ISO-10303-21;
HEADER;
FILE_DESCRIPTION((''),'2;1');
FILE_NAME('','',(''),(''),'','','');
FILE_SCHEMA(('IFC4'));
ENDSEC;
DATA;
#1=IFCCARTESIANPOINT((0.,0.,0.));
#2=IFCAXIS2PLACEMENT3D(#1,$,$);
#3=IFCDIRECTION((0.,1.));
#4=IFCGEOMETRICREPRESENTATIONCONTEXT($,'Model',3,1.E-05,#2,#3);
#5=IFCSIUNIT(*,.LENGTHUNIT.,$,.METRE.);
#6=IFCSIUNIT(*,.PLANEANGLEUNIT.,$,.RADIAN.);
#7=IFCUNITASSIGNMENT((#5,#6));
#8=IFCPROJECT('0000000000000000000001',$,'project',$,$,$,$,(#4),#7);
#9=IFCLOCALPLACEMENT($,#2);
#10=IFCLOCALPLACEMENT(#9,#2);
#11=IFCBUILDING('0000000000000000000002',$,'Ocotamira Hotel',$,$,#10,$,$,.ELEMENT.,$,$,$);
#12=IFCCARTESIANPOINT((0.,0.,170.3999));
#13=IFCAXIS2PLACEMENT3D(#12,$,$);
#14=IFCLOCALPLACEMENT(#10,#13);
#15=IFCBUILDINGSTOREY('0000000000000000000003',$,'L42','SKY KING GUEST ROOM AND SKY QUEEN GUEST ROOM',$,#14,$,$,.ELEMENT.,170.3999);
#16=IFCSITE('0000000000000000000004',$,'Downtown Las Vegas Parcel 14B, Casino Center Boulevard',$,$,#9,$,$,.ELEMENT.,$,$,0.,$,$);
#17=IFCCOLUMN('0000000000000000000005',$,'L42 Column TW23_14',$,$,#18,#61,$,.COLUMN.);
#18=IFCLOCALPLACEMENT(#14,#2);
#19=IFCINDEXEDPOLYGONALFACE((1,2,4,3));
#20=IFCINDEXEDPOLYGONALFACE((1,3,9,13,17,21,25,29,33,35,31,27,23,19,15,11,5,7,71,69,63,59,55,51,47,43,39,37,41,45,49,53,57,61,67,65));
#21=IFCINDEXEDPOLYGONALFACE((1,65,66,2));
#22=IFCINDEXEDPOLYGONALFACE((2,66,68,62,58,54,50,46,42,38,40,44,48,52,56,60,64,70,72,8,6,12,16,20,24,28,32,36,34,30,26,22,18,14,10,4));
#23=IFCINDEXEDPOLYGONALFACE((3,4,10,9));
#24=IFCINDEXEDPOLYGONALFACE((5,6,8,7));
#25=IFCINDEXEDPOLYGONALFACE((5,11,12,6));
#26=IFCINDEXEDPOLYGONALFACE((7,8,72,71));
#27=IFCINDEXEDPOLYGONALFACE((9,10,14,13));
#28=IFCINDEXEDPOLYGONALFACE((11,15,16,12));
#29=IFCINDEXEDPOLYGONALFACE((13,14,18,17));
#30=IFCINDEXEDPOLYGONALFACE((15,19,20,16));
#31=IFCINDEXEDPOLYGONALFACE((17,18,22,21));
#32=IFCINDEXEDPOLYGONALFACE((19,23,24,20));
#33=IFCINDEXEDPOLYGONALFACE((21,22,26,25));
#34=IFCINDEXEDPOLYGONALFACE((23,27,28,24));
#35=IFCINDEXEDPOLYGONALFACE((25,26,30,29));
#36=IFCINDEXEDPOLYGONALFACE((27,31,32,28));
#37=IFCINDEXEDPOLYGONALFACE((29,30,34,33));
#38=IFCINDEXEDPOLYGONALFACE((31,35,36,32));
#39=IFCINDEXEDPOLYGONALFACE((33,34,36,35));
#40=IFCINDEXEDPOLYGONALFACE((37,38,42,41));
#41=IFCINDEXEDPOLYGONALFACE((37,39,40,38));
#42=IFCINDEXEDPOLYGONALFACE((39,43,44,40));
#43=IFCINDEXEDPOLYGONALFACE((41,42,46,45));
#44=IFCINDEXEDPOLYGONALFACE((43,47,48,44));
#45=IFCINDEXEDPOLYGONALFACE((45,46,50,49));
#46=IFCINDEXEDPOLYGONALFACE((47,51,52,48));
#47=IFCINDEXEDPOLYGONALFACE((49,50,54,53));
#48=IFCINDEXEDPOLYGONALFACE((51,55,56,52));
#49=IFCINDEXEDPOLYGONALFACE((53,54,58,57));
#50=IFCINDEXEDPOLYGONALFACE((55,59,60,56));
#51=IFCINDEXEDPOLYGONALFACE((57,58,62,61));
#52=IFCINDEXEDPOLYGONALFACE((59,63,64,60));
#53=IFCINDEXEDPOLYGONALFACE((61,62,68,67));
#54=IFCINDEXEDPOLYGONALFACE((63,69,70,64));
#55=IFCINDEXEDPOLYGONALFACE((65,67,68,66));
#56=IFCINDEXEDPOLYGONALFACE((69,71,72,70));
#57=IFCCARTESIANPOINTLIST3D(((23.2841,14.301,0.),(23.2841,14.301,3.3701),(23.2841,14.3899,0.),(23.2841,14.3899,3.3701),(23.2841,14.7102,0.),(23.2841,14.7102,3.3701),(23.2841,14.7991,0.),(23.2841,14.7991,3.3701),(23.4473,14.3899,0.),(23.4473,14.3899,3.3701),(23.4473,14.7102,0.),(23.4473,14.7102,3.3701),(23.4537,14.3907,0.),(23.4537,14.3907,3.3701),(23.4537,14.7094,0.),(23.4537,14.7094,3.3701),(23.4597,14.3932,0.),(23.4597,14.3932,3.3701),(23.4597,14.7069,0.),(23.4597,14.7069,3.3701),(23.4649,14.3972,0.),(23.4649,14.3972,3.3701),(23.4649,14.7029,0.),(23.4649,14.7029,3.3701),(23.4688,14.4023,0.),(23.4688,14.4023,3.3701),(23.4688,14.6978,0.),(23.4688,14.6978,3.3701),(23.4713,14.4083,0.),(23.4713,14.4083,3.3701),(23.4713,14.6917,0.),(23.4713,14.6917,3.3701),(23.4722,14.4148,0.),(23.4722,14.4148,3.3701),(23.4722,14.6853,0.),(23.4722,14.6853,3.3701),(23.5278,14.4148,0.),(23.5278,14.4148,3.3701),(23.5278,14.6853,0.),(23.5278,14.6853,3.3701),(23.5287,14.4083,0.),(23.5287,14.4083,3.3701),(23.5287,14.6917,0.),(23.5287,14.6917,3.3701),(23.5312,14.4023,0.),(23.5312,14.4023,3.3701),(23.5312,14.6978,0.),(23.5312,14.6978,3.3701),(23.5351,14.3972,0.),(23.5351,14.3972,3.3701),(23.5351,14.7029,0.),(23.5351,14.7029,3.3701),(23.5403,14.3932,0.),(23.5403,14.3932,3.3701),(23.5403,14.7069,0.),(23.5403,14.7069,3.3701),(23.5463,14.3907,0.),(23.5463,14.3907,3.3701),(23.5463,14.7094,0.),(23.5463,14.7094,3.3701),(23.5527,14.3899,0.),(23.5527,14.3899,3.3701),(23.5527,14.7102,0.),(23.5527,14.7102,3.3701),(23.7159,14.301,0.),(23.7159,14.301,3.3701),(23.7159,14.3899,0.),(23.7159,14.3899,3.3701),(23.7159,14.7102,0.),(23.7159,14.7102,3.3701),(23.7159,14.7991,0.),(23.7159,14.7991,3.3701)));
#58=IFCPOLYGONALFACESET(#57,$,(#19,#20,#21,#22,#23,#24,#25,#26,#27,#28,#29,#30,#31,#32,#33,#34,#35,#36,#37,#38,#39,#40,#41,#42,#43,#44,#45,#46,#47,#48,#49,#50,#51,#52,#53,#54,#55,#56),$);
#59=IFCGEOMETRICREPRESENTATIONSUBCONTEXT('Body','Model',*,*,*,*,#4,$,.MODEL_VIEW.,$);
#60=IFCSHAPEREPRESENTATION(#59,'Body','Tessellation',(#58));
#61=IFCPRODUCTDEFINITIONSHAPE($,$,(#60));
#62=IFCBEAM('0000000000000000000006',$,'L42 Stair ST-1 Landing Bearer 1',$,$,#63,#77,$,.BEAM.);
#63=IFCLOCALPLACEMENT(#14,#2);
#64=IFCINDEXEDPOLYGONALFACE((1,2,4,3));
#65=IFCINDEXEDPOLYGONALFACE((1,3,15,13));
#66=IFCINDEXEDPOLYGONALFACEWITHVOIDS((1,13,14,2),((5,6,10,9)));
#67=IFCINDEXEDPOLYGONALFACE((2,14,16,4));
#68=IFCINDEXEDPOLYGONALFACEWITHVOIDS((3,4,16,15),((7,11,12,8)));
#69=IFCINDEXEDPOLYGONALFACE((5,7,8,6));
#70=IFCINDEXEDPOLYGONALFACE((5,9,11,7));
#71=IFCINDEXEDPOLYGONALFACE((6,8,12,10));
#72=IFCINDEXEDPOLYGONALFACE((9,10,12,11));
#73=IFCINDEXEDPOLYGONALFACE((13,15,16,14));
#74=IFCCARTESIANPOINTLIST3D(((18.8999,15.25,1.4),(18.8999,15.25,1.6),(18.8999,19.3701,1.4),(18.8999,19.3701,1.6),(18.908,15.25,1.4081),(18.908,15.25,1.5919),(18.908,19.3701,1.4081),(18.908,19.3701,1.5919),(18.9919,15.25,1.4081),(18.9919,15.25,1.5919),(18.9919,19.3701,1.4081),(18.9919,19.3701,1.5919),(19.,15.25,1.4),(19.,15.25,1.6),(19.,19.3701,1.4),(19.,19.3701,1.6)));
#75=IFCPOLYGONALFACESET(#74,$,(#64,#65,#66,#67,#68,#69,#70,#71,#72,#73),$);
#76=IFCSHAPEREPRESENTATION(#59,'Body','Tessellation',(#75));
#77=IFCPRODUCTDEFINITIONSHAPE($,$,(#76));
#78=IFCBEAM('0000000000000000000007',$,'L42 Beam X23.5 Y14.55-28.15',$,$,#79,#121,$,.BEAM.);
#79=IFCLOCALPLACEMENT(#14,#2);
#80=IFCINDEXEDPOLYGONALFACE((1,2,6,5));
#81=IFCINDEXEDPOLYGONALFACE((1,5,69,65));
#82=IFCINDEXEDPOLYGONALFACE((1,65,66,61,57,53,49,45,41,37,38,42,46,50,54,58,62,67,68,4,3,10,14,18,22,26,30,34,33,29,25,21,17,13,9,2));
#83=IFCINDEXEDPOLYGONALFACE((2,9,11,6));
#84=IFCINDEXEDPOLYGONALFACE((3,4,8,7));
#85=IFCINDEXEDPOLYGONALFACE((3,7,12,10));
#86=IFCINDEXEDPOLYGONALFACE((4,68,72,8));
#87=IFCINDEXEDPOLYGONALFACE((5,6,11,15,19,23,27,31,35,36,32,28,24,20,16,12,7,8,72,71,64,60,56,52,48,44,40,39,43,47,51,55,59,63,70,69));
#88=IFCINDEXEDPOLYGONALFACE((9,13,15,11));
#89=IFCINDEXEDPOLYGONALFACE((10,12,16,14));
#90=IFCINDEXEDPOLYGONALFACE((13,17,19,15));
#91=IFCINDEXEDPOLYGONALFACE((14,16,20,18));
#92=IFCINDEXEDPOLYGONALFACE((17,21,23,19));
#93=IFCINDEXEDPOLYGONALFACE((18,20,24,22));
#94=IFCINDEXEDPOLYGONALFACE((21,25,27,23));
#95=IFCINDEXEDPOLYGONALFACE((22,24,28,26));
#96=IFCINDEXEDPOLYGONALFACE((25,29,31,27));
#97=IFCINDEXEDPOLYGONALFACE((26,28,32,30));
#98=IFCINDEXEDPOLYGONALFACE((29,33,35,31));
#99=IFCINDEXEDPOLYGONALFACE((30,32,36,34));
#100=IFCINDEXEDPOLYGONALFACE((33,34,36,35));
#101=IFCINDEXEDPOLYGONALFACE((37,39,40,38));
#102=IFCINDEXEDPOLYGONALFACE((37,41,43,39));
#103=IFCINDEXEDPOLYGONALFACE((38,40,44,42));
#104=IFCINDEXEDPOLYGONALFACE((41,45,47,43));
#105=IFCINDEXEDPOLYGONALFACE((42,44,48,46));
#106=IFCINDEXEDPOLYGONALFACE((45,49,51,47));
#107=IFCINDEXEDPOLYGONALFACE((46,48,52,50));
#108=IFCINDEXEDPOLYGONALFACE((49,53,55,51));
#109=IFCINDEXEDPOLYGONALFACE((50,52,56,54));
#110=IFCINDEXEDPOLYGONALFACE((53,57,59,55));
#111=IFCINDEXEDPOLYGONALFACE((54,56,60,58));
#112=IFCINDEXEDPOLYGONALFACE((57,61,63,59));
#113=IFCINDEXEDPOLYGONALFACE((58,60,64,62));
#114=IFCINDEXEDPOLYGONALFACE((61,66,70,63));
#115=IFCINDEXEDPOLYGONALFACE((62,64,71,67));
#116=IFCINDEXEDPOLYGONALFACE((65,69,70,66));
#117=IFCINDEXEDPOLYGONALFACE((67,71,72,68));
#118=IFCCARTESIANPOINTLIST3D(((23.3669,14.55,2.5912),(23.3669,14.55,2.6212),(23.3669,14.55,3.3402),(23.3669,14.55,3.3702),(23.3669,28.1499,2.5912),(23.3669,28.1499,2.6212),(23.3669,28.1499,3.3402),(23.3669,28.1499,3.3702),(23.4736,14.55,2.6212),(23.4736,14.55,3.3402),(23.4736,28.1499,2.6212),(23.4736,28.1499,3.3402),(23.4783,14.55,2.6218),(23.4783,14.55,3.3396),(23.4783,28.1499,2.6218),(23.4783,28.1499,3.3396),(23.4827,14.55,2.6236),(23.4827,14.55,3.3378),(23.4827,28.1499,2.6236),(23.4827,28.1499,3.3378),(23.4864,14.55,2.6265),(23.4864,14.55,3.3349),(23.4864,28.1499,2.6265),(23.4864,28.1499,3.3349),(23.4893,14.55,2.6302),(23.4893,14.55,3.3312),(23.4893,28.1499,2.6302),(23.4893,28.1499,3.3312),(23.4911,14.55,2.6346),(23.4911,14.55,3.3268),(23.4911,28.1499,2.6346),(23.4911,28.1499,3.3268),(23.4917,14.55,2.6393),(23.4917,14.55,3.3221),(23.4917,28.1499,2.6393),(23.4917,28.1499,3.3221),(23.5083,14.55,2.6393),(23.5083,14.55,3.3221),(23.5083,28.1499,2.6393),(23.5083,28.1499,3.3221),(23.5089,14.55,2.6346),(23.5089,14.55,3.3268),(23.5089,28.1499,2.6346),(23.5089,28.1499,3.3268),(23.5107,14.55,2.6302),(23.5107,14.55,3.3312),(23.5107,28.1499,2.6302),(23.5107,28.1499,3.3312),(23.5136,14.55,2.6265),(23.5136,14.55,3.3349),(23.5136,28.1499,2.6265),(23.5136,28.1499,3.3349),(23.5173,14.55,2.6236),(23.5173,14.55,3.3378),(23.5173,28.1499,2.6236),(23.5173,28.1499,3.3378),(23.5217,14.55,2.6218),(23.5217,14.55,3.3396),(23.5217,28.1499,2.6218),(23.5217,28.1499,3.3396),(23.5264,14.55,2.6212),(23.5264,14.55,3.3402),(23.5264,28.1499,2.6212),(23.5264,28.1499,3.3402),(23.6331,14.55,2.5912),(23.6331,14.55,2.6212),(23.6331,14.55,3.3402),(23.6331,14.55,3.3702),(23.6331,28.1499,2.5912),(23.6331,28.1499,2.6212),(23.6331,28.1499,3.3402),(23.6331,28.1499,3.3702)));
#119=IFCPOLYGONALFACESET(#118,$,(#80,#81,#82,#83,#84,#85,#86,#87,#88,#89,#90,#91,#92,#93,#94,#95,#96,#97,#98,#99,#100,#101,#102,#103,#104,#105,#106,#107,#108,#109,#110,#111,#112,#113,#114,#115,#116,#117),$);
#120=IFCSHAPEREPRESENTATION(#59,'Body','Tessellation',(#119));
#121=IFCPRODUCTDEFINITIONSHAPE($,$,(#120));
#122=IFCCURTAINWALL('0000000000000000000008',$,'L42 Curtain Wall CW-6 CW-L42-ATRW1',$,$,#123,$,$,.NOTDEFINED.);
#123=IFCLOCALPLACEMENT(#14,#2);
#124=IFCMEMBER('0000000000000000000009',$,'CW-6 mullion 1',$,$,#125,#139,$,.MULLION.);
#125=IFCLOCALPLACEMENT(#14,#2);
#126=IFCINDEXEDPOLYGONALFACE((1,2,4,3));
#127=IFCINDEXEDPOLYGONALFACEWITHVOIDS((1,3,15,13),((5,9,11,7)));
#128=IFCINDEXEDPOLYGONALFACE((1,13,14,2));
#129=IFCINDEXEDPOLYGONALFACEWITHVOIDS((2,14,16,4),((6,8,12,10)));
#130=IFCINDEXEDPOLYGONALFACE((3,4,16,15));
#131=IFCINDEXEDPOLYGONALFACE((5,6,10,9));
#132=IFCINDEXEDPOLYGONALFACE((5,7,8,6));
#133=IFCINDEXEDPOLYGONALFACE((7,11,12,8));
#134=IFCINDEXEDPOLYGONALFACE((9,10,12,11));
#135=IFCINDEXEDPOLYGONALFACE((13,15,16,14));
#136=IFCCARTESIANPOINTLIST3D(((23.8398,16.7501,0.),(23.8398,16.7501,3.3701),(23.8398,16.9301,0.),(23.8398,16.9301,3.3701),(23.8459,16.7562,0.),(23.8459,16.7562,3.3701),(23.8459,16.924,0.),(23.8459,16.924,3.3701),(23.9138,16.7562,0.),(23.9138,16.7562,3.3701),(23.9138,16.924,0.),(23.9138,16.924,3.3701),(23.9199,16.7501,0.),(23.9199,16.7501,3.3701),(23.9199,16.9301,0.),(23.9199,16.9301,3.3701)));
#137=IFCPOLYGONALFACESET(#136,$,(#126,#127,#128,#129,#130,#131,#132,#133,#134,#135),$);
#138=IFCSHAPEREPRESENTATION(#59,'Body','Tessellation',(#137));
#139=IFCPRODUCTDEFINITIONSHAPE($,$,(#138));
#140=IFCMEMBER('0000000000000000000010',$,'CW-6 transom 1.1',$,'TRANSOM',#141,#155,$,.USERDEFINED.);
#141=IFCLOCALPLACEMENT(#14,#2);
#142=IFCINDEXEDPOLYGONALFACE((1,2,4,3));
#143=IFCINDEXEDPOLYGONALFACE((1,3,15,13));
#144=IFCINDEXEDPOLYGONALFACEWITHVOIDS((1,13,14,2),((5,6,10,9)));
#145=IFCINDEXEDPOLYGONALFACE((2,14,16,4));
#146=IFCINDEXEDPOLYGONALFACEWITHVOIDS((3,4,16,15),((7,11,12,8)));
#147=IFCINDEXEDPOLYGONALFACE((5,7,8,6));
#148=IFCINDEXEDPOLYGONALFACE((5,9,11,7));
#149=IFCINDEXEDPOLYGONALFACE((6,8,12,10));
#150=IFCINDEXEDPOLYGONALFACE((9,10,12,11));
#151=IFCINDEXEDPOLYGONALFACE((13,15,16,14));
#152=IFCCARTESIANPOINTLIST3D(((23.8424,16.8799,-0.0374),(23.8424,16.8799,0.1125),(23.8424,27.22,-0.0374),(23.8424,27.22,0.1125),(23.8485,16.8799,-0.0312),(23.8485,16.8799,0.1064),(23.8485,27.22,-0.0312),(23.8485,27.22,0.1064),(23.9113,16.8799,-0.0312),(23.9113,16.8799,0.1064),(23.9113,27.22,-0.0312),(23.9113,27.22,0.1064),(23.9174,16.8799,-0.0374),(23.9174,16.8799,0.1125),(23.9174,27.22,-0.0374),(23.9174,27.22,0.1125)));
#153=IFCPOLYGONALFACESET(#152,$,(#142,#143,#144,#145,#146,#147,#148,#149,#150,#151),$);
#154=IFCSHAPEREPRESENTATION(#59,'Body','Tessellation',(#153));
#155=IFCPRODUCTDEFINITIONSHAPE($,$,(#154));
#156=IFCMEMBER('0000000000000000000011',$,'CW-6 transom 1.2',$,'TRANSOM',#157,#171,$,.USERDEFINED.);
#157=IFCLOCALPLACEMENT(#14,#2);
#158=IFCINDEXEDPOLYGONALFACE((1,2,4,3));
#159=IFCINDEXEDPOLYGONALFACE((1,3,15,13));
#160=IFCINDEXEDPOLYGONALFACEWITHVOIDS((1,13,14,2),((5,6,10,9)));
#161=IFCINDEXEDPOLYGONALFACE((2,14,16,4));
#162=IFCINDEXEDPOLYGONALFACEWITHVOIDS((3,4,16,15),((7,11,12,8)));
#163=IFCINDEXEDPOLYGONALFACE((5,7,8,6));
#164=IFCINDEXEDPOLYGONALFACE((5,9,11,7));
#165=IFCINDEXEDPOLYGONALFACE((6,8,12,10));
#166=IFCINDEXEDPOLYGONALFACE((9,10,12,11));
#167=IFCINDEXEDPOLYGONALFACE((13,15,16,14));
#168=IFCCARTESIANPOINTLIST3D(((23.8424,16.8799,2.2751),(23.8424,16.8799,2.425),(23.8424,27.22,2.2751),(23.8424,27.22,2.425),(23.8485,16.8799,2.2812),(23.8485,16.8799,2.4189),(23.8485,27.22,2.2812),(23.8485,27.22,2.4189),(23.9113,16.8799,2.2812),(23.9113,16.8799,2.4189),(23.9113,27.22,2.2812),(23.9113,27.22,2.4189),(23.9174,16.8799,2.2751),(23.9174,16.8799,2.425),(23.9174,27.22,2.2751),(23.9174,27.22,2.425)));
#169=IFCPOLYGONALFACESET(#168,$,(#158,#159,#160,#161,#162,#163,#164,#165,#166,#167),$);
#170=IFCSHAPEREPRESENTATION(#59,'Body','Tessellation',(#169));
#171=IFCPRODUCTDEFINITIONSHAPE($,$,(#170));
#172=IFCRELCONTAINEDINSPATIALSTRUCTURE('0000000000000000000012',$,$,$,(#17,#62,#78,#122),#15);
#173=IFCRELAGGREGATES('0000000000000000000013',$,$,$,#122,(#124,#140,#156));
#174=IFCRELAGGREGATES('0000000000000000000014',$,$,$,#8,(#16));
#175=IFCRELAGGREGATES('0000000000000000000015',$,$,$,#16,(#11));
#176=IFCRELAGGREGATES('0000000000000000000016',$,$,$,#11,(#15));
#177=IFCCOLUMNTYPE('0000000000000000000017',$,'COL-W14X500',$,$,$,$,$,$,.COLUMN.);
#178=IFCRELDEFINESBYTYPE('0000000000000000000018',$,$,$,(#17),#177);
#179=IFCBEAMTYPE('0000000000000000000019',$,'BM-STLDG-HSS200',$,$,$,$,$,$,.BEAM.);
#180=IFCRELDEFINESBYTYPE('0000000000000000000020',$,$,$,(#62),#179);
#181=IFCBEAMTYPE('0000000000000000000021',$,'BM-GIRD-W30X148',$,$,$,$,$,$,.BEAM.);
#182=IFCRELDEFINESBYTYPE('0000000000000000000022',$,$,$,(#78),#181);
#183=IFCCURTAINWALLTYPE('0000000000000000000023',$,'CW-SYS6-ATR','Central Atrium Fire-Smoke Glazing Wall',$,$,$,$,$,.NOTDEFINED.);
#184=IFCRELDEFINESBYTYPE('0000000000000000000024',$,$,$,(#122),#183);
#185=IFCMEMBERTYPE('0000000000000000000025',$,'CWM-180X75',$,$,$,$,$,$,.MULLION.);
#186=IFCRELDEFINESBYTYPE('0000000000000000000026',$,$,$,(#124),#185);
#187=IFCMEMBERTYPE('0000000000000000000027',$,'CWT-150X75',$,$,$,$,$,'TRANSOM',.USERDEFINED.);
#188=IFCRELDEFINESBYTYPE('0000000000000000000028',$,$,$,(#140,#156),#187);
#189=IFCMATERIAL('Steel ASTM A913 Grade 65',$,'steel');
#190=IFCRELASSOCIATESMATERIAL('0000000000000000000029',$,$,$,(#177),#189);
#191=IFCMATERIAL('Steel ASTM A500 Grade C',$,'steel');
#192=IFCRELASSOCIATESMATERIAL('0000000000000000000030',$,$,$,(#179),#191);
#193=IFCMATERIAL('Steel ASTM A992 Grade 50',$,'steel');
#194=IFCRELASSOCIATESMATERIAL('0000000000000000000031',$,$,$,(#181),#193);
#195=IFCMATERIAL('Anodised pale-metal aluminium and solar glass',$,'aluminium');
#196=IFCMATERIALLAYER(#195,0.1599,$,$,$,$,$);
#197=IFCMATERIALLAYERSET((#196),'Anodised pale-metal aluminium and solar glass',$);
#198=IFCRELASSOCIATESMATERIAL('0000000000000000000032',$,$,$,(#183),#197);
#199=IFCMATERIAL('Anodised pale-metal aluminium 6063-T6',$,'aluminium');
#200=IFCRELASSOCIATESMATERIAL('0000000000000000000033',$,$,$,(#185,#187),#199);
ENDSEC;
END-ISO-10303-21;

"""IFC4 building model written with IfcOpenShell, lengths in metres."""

from ifc_helpers import new_model, si_unit, direction, frame, origin, origin_2d, place, context, subcontext, project, spatial, hollow_rectangle, i_section, extrude, source, transform, mapped, material, layer, layer_set, material_profile, profile_set, type_object, element, aggregate, save


model = new_model("IFC4")

# Units and contexts
model_context = context("Model", 3, precision=1e-05, world=origin(), true_north=direction((0.0, 1.0)))
body_context = subcontext(model_context, "Body", "Model", "MODEL_VIEW")
ifc_project = project(units=[si_unit("LENGTHUNIT", "METRE"), si_unit("PLANEANGLEUNIT", "RADIAN")], contexts=[model_context])

# Site, building, storey
site_placement = place(None, origin())
site = spatial("IfcSite", under=ifc_project, at=site_placement, Name="Downtown Las Vegas Parcel 14B, Casino Center Boulevard", CompositionType="ELEMENT", RefElevation=0.0)
building_placement = place(site_placement, origin())
building = spatial("IfcBuilding", under=site, at=building_placement, Name="Ocotamira Hotel", CompositionType="ELEMENT")
storey_placement = place(building_placement, frame((0.0, 0.0, 170.3999)))
storey = spatial("IfcBuildingStorey", under=building, at=storey_placement, Name="L42", Description="SKY KING GUEST ROOM AND SKY QUEEN GUEST ROOM", CompositionType="ELEMENT", Elevation=170.3999)

# Column
ifc_material_1 = material(Name="Steel ASTM A913 Grade 65", Category="steel")
ifc_material_profile_1 = material_profile(ifc_material_1, i_section(OverallWidth=0.4319, OverallDepth=0.498, WebThickness=0.0557, FlangeThickness=0.0889, FilletRadius=0.0249, at=origin_2d()), Name="W14X500")
ifc_profile_set_1 = profile_set([ifc_material_profile_1], Name="Steel ASTM A913 Grade 65")
column_type = type_object("IfcColumnType", Name="COL-W14X500", PredefinedType="COLUMN", material=ifc_profile_set_1)
shared_shape_1 = source(origin(), body_context, "Body", "SweptSolid", [
    extrude(i_section(OverallWidth=0.4319, OverallDepth=0.498, WebThickness=0.0557, FlangeThickness=0.0889, FilletRadius=0.0249, at=origin_2d()), origin(), (0.0, 0.0, 1.0), 3.3701),
])
column_placement = place(storey_placement, frame((23.5, 14.55, 0.0), z_axis=(0.0, 0.0, 1.0), x_axis=(1.0, 0.0, 0.0)))
element("IfcColumn", 1, at=column_placement, inside=storey, type_object=column_type, Name="L42 Column TW23_14", PredefinedType="COLUMN", context=body_context, shape_type="MappedRepresentation", body=[
    mapped(shared_shape_1, transform((0.0, 0.0, 0.0), scale=1.0)),
])

# Beams
ifc_material_2 = material(Name="Steel ASTM A500 Grade C", Category="steel")
ifc_material_profile_2 = material_profile(ifc_material_2, hollow_rectangle(XDim=0.1001, YDim=0.2, WallThickness=0.0081, at=origin_2d()), Name="HSS200X100X8")
ifc_profile_set_2 = profile_set([ifc_material_profile_2], Name="Steel ASTM A500 Grade C")
beam_type_1 = type_object("IfcBeamType", Name="BM-STLDG-HSS200", PredefinedType="BEAM", material=ifc_profile_set_2)
shared_shape_2 = source(origin(), body_context, "Body", "SweptSolid", [
    extrude(hollow_rectangle(XDim=0.1001, YDim=0.2, WallThickness=0.0081, at=origin_2d()), origin(), (0.0, 0.0, 1.0), 4.1201),
])
beam_1_placement = place(storey_placement, frame((18.95, 15.25, 1.5), z_axis=(0.0, 1.0, 0.0), x_axis=(-1.0, 0.0, 0.0)))
element("IfcBeam", 2, at=beam_1_placement, inside=storey, type_object=beam_type_1, Name="L42 Stair ST-1 Landing Bearer 1", PredefinedType="BEAM", context=body_context, shape_type="MappedRepresentation", body=[
    mapped(shared_shape_2, transform((0.0, 0.0, 0.0), scale=1.0)),
])
ifc_material_3 = material(Name="Steel ASTM A992 Grade 50", Category="steel")
ifc_material_profile_3 = material_profile(ifc_material_3, i_section(OverallWidth=0.2661, OverallDepth=0.7791, WebThickness=0.0166, FlangeThickness=0.03, FilletRadius=0.0181, at=origin_2d()), Name="W30X148")
ifc_profile_set_3 = profile_set([ifc_material_profile_3], Name="Steel ASTM A992 Grade 50")
beam_type_2 = type_object("IfcBeamType", Name="BM-GIRD-W30X148", PredefinedType="BEAM", material=ifc_profile_set_3)
shared_shape_3 = source(origin(), body_context, "Body", "SweptSolid", [
    extrude(i_section(OverallWidth=0.2661, OverallDepth=0.7791, WebThickness=0.0166, FlangeThickness=0.03, FilletRadius=0.0181, at=origin_2d()), origin(), (0.0, 0.0, 1.0), 13.5999),
])
beam_2_placement = place(storey_placement, frame((23.5, 14.55, 2.9807), z_axis=(0.0, 1.0, 0.0), x_axis=(-1.0, 0.0, 0.0)))
element("IfcBeam", 3, at=beam_2_placement, inside=storey, type_object=beam_type_2, Name="L42 Beam X23.5 Y14.55-28.15", PredefinedType="BEAM", context=body_context, shape_type="MappedRepresentation", body=[
    mapped(shared_shape_3, transform((0.0, 0.0, 0.0), scale=1.0)),
])

# Curtain wall, members
ifc_material_4 = material(Name="Anodised pale-metal aluminium and solar glass", Category="aluminium")
ifc_layer_1 = layer(ifc_material_4, 0.1599)
ifc_layer_set_1 = layer_set([ifc_layer_1], Name="Anodised pale-metal aluminium and solar glass")
curtain_wall_type = type_object("IfcCurtainWallType", Name="CW-SYS6-ATR", Description="Central Atrium Fire-Smoke Glazing Wall", PredefinedType="NOTDEFINED", material=ifc_layer_set_1)
curtain_wall_placement = place(storey_placement, origin())
curtain_wall = element("IfcCurtainWall", 4, at=curtain_wall_placement, inside=storey, type_object=curtain_wall_type, Name="L42 Curtain Wall CW-6 CW-L42-ATRW1", PredefinedType="NOTDEFINED")
ifc_material_5 = material(Name="Anodised pale-metal aluminium 6063-T6", Category="aluminium")
ifc_material_profile_4 = material_profile(ifc_material_5, hollow_rectangle(XDim=0.0801, YDim=0.1799, WallThickness=0.0061, at=origin_2d()), Name="HSS180X80X6")
ifc_profile_set_4 = profile_set([ifc_material_profile_4], Name="Anodised pale-metal aluminium 6063-T6")
member_type_1 = type_object("IfcMemberType", Name="CWM-180X75", PredefinedType="MULLION", material=ifc_profile_set_4)
shared_shape_4 = source(origin(), body_context, "Body", "SweptSolid", [
    extrude(hollow_rectangle(XDim=0.0801, YDim=0.1799, WallThickness=0.0061, at=origin_2d()), origin(), (0.0, 0.0, 1.0), 3.3701),
])
member_1_placement = place(storey_placement, frame((23.8799, 16.8401, 0.0), z_axis=(0.0, 0.0, 1.0), x_axis=(-1.0, 0.0, 0.0)))
member_1 = element("IfcMember", 5, at=member_1_placement, type_object=member_type_1, Name="CW-6 mullion 1", PredefinedType="MULLION", context=body_context, shape_type="MappedRepresentation", body=[
    mapped(shared_shape_4, transform((0.0, 0.0, 0.0), scale=1.0)),
])
ifc_material_profile_5 = material_profile(ifc_material_5, hollow_rectangle(XDim=0.075, YDim=0.1499, WallThickness=0.0061, at=origin_2d()), Name="HSS150X75X6")
ifc_profile_set_5 = profile_set([ifc_material_profile_5], Name="Anodised pale-metal aluminium 6063-T6")
member_type_2 = type_object("IfcMemberType", Name="CWT-150X75", ElementType="TRANSOM", PredefinedType="USERDEFINED", material=ifc_profile_set_5)
shared_shape_5 = source(origin(), body_context, "Body", "SweptSolid", [
    extrude(hollow_rectangle(XDim=0.075, YDim=0.1499, WallThickness=0.0061, at=origin_2d()), origin(), (0.0, 0.0, 1.0), 10.3401),
])
member_2_placement = place(storey_placement, frame((23.8799, 16.8799, 0.0376), z_axis=(0.0, 1.0, 0.0), x_axis=(-1.0, 0.0, 0.0)))
member_2 = element("IfcMember", 6, at=member_2_placement, type_object=member_type_2, Name="CW-6 transom 1.1", ObjectType="TRANSOM", PredefinedType="USERDEFINED", context=body_context, shape_type="MappedRepresentation", body=[
    mapped(shared_shape_5, transform((0.0, 0.0, 0.0), scale=1.0)),
])
member_3_placement = place(storey_placement, frame((23.8799, 16.8799, 2.3501), z_axis=(0.0, 1.0, 0.0), x_axis=(-1.0, 0.0, 0.0)))
member_3 = element("IfcMember", 7, at=member_3_placement, type_object=member_type_2, Name="CW-6 transom 1.2", ObjectType="TRANSOM", PredefinedType="USERDEFINED", context=body_context, shape_type="MappedRepresentation", body=[
    mapped(shared_shape_5, transform((0.0, 0.0, 0.0), scale=1.0)),
])
aggregate(curtain_wall, [member_1, member_2, member_3])

save(model, "model.ifc")
